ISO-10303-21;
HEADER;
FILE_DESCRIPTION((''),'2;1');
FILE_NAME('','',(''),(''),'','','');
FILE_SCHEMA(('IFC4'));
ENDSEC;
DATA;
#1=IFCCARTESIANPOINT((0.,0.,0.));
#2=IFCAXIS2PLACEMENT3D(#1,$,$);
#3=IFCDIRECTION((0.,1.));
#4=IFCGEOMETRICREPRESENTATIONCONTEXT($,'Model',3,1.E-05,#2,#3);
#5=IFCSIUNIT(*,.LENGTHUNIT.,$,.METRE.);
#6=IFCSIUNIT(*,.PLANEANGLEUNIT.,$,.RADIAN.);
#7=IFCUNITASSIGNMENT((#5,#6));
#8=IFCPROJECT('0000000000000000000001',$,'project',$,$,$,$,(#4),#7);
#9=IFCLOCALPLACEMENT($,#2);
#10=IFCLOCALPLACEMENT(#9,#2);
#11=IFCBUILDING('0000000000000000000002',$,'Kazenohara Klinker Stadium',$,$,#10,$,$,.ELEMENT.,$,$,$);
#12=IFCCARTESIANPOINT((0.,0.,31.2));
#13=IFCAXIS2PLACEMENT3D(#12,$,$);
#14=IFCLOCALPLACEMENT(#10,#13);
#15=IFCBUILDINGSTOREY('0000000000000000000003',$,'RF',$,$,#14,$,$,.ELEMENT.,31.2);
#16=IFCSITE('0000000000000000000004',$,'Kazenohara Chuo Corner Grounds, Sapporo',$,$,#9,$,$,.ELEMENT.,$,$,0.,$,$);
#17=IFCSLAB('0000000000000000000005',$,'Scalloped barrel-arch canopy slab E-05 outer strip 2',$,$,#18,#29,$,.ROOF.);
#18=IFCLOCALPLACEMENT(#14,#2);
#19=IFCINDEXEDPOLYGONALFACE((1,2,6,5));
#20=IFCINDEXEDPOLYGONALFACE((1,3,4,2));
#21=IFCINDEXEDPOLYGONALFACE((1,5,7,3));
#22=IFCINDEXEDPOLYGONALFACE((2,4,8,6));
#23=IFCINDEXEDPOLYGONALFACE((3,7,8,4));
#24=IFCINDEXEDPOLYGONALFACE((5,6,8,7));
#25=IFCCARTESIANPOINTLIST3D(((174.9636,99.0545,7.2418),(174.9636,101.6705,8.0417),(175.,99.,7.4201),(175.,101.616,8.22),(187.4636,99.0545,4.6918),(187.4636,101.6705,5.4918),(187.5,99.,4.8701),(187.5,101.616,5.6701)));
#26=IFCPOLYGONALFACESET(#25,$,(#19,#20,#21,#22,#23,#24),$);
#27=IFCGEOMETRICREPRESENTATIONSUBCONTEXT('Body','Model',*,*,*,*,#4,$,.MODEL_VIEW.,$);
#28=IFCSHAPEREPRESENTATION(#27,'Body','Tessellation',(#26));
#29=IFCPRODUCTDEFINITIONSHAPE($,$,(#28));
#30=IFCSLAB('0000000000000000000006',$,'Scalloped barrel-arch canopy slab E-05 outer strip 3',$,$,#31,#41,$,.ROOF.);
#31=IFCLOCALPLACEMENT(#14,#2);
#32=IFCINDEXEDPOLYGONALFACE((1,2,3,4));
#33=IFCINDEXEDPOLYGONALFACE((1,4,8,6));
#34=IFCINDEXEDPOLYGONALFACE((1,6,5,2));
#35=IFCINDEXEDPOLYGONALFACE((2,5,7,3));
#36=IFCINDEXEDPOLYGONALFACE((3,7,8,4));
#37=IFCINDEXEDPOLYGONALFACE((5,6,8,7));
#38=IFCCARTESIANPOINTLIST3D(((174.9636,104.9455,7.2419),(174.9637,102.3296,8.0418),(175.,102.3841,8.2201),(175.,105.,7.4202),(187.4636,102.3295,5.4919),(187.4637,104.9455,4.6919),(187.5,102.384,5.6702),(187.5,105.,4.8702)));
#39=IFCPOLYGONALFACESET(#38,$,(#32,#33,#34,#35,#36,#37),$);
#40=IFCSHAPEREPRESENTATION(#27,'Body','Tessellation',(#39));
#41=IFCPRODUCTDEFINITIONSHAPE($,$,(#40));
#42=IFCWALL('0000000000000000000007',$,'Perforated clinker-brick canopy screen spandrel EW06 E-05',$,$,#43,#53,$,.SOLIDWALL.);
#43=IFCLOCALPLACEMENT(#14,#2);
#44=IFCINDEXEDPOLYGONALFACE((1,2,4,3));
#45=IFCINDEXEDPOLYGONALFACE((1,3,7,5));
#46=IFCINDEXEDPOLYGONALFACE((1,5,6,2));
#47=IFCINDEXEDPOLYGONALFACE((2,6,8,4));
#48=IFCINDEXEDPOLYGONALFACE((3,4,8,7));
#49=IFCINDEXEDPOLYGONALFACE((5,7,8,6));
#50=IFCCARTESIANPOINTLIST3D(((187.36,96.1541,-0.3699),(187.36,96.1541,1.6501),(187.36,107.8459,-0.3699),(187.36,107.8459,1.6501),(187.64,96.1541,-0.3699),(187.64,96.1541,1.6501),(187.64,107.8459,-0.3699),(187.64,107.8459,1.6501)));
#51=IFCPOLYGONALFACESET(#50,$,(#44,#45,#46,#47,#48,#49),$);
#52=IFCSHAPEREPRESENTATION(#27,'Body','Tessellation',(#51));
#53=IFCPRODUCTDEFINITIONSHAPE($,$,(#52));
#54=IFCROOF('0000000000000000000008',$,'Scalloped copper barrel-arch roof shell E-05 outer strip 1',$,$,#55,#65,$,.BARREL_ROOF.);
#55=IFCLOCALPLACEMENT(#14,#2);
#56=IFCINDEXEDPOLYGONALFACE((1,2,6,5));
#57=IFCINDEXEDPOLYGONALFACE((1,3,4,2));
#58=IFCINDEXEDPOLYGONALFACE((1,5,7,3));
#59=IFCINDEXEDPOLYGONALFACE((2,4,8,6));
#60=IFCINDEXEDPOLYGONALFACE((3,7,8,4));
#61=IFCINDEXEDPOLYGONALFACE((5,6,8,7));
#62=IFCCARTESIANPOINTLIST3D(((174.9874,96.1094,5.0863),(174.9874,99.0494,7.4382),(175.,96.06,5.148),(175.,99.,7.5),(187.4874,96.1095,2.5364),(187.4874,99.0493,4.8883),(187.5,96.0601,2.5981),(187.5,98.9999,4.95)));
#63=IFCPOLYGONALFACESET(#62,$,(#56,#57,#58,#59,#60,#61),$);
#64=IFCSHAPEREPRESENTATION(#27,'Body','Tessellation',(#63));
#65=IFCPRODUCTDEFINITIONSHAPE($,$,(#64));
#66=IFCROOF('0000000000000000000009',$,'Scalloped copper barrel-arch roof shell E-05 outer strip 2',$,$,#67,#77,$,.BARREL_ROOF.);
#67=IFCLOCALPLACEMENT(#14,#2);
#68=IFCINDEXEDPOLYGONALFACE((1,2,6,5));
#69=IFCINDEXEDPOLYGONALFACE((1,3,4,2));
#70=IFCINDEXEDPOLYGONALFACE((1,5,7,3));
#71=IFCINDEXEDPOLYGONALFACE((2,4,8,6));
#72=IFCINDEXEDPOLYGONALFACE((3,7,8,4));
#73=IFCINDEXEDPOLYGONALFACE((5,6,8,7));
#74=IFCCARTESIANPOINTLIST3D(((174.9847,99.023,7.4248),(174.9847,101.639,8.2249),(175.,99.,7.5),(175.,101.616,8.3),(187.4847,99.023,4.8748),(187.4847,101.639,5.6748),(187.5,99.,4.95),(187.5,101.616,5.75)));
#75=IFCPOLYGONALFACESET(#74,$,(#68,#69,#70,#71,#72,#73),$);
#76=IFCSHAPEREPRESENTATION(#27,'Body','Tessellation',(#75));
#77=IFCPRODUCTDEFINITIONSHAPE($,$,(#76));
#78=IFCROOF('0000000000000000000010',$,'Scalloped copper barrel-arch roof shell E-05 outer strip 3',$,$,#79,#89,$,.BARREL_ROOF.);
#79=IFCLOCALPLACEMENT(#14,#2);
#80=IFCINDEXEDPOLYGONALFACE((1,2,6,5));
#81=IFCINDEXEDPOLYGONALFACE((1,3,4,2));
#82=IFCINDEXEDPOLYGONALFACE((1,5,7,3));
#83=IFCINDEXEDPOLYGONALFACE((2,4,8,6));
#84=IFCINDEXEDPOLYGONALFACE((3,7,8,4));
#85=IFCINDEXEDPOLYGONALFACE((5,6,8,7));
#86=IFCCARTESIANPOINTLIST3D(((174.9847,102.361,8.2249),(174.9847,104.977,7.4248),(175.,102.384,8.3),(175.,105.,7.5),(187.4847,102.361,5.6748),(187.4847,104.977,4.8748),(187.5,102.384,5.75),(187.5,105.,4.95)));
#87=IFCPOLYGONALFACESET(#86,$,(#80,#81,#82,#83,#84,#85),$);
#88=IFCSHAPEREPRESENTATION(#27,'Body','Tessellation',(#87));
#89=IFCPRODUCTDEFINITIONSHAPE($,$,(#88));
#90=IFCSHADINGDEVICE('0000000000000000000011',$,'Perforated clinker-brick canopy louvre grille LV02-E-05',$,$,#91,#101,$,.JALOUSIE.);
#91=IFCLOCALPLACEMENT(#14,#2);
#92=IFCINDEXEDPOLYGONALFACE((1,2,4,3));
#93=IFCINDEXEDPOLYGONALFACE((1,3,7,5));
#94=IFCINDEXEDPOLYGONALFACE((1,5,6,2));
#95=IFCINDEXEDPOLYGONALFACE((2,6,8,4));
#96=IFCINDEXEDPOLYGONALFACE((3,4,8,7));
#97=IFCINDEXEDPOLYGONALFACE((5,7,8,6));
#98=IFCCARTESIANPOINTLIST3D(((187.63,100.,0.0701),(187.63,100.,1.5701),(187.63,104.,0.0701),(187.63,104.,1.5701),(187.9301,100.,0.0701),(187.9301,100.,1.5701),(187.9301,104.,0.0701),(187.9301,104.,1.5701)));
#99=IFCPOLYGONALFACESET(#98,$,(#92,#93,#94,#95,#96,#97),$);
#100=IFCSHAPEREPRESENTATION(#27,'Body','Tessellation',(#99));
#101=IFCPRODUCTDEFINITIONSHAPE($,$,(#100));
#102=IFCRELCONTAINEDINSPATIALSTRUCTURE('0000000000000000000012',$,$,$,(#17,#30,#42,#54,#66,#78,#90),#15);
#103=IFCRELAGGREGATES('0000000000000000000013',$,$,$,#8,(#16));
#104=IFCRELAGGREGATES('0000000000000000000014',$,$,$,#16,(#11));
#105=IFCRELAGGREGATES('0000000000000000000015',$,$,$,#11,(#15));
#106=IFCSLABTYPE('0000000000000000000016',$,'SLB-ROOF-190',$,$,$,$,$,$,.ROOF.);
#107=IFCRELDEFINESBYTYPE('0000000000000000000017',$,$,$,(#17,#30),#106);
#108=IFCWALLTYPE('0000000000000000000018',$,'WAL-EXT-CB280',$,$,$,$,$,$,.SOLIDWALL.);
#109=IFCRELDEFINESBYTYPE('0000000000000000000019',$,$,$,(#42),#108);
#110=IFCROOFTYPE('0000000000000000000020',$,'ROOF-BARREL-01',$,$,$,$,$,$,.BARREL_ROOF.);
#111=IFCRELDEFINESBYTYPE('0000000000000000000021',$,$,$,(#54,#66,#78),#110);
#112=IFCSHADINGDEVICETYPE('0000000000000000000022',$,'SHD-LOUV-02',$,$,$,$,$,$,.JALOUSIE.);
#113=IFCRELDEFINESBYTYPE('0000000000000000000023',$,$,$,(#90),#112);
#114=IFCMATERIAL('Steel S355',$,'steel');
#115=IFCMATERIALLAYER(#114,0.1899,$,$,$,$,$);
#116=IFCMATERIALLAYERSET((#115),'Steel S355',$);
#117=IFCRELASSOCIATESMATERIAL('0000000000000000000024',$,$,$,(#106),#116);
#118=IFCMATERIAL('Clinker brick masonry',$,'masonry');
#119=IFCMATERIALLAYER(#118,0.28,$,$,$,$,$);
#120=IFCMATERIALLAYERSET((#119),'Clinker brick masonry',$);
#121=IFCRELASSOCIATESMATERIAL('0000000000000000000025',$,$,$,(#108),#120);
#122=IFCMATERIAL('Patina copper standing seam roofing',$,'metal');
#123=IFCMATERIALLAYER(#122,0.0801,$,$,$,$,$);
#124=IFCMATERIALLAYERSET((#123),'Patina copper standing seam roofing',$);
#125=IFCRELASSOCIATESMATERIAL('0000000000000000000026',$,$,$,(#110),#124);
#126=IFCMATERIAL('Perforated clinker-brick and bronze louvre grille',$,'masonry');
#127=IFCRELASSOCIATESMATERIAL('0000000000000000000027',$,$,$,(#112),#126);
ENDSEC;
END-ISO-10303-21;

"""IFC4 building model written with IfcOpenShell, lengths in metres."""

from ifc_helpers import new_model, si_unit, direction, frame, frame_2d, origin, origin_2d, place, context, subcontext, project, spatial, polyline, rectangle, outline, extrude, material, layer, layer_set, type_object, element, save


model = new_model("IFC4")

# Units and contexts
model_context = context("Model", 3, precision=1e-05, world=origin(), true_north=direction((0.0, 1.0)))
body_context = subcontext(model_context, "Body", "Model", "MODEL_VIEW")
ifc_project = project(units=[si_unit("LENGTHUNIT", "METRE"), si_unit("PLANEANGLEUNIT", "RADIAN")], contexts=[model_context])

# Site, building, storey
site_placement = place(None, origin())
site = spatial("IfcSite", under=ifc_project, at=site_placement, Name="Kazenohara Chuo Corner Grounds, Sapporo", CompositionType="ELEMENT", RefElevation=0.0)
building_placement = place(site_placement, origin())
building = spatial("IfcBuilding", under=site, at=building_placement, Name="Kazenohara Klinker Stadium", CompositionType="ELEMENT")
storey_placement = place(building_placement, frame((0.0, 0.0, 31.2)))
storey = spatial("IfcBuildingStorey", under=building, at=storey_placement, Name="RF", CompositionType="ELEMENT", Elevation=31.2)

# Shared definitions
ifc_material_1 = material(Name="Steel S355", Category="steel")

# Slabs
ifc_layer_1 = layer(ifc_material_1, 0.1899)
ifc_layer_set_1 = layer_set([ifc_layer_1], Name="Steel S355")
slab_type = type_object("IfcSlabType", Name="SLB-ROOF-190", PredefinedType="ROOF", material=ifc_layer_set_1)
slab_1_placement = place(storey_placement, frame((187.5, 99.0, 4.8701), z_axis=(0.191468, -0.28701, 0.938597), x_axis=(-0.979821, 0.000003, 0.199878)))
element("IfcSlab", 1, at=slab_1_placement, inside=storey, type_object=slab_type, Name="Scalloped barrel-arch canopy slab E-05 outer strip 2", PredefinedType="ROOF", context=body_context, shape_type="SweptSolid", body=[
    extrude(outline(polyline([(0.0, 0.0), (12.7575, 0.0), (12.9173, -2.7308), (0.1599, -2.7309), (0.0, 0.0)])), origin(), (0.0, 0.0, -1.0), 0.1899),
])
slab_2_placement = place(storey_placement, frame((187.5, 102.384, 5.6702), z_axis=(0.191468, 0.28701, 0.938597), x_axis=(-0.979821, 0.000003, 0.199877)))
element("IfcSlab", 2, at=slab_2_placement, inside=storey, type_object=slab_type, Name="Scalloped barrel-arch canopy slab E-05 outer strip 3", PredefinedType="ROOF", context=body_context, shape_type="SweptSolid", body=[
    extrude(outline(polyline([(0.0, 0.0), (12.7574, 0.0), (12.5976, -2.7308), (-0.1599, -2.7309), (0.0, 0.0)])), origin(), (0.0, 0.0, -1.0), 0.1899),
])

# Wall
ifc_material_2 = material(Name="Clinker brick masonry", Category="masonry")
ifc_layer_2 = layer(ifc_material_2, 0.28)
ifc_layer_set_2 = layer_set([ifc_layer_2], Name="Clinker brick masonry")
wall_type = type_object("IfcWallType", Name="WAL-EXT-CB280", PredefinedType="SOLIDWALL", material=ifc_layer_set_2)
wall_placement = place(storey_placement, frame((187.5, 96.1541, -0.3699), z_axis=(0.0, 0.0, 1.0), x_axis=(0.0, 1.0, 0.0)))
element("IfcWall", 3, at=wall_placement, inside=storey, type_object=wall_type, Name="Perforated clinker-brick canopy screen spandrel EW06 E-05", PredefinedType="SOLIDWALL", context=body_context, shape_type="SweptSolid", body=[
    extrude(rectangle(XDim=11.6919, YDim=0.28, at=frame_2d((5.8459, 0.0))), origin(), (0.0, 0.0, 1.0), 2.02),
])

# Roofs
ifc_material_3 = material(Name="Patina copper standing seam roofing", Category="metal")
ifc_layer_3 = layer(ifc_material_3, 0.0801)
ifc_layer_set_3 = layer_set([ifc_layer_3], Name="Patina copper standing seam roofing")
roof_type = type_object("IfcRoofType", Name="ROOF-BARREL-01", PredefinedType="BARREL_ROOF", material=ifc_layer_set_3)
roof_1_placement = place(storey_placement, frame((187.5, 96.0601, 2.5981), z_axis=(0.15731, -0.616913, 0.77115), x_axis=(-0.979822, -0.000005, 0.199874)))
element("IfcRoof", 4, at=roof_1_placement, inside=storey, type_object=roof_type, Name="Scalloped copper barrel-arch roof shell E-05 outer strip 1", PredefinedType="BARREL_ROOF", context=body_context, shape_type="SweptSolid", body=[
    extrude(outline(polyline([(0.0, 0.0), (12.7574, 0.0), (13.2275, -3.7356), (0.4701, -3.7354), (0.0, 0.0)])), origin(), (0.0, 0.0, -1.0), 0.0801),
])
roof_2_placement = place(storey_placement, frame((187.5, 99.0, 4.95), z_axis=(0.191475, -0.28705, 0.938584), x_axis=(-0.979819, 0.0, 0.199887)))
element("IfcRoof", 5, at=roof_2_placement, inside=storey, type_object=roof_type, Name="Scalloped copper barrel-arch roof shell E-05 outer strip 2", PredefinedType="BARREL_ROOF", context=body_context, shape_type="SweptSolid", body=[
    extrude(outline(polyline([(0.0, 0.0), (12.7575, 0.0), (12.9174, -2.7309), (0.1599, -2.7309), (0.0, 0.0)])), origin(), (0.0, 0.0, -1.0), 0.0801),
])
roof_3_placement = place(storey_placement, frame((187.5, 102.384, 5.75), z_axis=(0.191475, 0.28705, 0.938584), x_axis=(-0.979819, 0.0, 0.199887)))
element("IfcRoof", 6, at=roof_3_placement, inside=storey, type_object=roof_type, Name="Scalloped copper barrel-arch roof shell E-05 outer strip 3", PredefinedType="BARREL_ROOF", context=body_context, shape_type="SweptSolid", body=[
    extrude(outline(polyline([(0.0, 0.0), (12.7575, 0.0), (12.5975, -2.7309), (-0.1599, -2.7309), (0.0, 0.0)])), origin(), (0.0, 0.0, -1.0), 0.0801),
])

# Shading device
ifc_material_4 = material(Name="Perforated clinker-brick and bronze louvre grille", Category="masonry")
shading_device_type = type_object("IfcShadingDeviceType", Name="SHD-LOUV-02", PredefinedType="JALOUSIE", material=ifc_material_4)
shading_device_placement = place(storey_placement, frame((187.78, 102.0, 0.0701), z_axis=(0.0, 0.0, 1.0), x_axis=(0.0, 1.0, 0.0)))
element("IfcShadingDevice", 7, at=shading_device_placement, inside=storey, type_object=shading_device_type, Name="Perforated clinker-brick canopy louvre grille LV02-E-05", PredefinedType="JALOUSIE", context=body_context, shape_type="SweptSolid", body=[
    extrude(rectangle(XDim=4.0, YDim=0.3, at=origin_2d()), origin(), (0.0, 0.0, 1.0), 1.5),
])

save(model, "model.ifc")
